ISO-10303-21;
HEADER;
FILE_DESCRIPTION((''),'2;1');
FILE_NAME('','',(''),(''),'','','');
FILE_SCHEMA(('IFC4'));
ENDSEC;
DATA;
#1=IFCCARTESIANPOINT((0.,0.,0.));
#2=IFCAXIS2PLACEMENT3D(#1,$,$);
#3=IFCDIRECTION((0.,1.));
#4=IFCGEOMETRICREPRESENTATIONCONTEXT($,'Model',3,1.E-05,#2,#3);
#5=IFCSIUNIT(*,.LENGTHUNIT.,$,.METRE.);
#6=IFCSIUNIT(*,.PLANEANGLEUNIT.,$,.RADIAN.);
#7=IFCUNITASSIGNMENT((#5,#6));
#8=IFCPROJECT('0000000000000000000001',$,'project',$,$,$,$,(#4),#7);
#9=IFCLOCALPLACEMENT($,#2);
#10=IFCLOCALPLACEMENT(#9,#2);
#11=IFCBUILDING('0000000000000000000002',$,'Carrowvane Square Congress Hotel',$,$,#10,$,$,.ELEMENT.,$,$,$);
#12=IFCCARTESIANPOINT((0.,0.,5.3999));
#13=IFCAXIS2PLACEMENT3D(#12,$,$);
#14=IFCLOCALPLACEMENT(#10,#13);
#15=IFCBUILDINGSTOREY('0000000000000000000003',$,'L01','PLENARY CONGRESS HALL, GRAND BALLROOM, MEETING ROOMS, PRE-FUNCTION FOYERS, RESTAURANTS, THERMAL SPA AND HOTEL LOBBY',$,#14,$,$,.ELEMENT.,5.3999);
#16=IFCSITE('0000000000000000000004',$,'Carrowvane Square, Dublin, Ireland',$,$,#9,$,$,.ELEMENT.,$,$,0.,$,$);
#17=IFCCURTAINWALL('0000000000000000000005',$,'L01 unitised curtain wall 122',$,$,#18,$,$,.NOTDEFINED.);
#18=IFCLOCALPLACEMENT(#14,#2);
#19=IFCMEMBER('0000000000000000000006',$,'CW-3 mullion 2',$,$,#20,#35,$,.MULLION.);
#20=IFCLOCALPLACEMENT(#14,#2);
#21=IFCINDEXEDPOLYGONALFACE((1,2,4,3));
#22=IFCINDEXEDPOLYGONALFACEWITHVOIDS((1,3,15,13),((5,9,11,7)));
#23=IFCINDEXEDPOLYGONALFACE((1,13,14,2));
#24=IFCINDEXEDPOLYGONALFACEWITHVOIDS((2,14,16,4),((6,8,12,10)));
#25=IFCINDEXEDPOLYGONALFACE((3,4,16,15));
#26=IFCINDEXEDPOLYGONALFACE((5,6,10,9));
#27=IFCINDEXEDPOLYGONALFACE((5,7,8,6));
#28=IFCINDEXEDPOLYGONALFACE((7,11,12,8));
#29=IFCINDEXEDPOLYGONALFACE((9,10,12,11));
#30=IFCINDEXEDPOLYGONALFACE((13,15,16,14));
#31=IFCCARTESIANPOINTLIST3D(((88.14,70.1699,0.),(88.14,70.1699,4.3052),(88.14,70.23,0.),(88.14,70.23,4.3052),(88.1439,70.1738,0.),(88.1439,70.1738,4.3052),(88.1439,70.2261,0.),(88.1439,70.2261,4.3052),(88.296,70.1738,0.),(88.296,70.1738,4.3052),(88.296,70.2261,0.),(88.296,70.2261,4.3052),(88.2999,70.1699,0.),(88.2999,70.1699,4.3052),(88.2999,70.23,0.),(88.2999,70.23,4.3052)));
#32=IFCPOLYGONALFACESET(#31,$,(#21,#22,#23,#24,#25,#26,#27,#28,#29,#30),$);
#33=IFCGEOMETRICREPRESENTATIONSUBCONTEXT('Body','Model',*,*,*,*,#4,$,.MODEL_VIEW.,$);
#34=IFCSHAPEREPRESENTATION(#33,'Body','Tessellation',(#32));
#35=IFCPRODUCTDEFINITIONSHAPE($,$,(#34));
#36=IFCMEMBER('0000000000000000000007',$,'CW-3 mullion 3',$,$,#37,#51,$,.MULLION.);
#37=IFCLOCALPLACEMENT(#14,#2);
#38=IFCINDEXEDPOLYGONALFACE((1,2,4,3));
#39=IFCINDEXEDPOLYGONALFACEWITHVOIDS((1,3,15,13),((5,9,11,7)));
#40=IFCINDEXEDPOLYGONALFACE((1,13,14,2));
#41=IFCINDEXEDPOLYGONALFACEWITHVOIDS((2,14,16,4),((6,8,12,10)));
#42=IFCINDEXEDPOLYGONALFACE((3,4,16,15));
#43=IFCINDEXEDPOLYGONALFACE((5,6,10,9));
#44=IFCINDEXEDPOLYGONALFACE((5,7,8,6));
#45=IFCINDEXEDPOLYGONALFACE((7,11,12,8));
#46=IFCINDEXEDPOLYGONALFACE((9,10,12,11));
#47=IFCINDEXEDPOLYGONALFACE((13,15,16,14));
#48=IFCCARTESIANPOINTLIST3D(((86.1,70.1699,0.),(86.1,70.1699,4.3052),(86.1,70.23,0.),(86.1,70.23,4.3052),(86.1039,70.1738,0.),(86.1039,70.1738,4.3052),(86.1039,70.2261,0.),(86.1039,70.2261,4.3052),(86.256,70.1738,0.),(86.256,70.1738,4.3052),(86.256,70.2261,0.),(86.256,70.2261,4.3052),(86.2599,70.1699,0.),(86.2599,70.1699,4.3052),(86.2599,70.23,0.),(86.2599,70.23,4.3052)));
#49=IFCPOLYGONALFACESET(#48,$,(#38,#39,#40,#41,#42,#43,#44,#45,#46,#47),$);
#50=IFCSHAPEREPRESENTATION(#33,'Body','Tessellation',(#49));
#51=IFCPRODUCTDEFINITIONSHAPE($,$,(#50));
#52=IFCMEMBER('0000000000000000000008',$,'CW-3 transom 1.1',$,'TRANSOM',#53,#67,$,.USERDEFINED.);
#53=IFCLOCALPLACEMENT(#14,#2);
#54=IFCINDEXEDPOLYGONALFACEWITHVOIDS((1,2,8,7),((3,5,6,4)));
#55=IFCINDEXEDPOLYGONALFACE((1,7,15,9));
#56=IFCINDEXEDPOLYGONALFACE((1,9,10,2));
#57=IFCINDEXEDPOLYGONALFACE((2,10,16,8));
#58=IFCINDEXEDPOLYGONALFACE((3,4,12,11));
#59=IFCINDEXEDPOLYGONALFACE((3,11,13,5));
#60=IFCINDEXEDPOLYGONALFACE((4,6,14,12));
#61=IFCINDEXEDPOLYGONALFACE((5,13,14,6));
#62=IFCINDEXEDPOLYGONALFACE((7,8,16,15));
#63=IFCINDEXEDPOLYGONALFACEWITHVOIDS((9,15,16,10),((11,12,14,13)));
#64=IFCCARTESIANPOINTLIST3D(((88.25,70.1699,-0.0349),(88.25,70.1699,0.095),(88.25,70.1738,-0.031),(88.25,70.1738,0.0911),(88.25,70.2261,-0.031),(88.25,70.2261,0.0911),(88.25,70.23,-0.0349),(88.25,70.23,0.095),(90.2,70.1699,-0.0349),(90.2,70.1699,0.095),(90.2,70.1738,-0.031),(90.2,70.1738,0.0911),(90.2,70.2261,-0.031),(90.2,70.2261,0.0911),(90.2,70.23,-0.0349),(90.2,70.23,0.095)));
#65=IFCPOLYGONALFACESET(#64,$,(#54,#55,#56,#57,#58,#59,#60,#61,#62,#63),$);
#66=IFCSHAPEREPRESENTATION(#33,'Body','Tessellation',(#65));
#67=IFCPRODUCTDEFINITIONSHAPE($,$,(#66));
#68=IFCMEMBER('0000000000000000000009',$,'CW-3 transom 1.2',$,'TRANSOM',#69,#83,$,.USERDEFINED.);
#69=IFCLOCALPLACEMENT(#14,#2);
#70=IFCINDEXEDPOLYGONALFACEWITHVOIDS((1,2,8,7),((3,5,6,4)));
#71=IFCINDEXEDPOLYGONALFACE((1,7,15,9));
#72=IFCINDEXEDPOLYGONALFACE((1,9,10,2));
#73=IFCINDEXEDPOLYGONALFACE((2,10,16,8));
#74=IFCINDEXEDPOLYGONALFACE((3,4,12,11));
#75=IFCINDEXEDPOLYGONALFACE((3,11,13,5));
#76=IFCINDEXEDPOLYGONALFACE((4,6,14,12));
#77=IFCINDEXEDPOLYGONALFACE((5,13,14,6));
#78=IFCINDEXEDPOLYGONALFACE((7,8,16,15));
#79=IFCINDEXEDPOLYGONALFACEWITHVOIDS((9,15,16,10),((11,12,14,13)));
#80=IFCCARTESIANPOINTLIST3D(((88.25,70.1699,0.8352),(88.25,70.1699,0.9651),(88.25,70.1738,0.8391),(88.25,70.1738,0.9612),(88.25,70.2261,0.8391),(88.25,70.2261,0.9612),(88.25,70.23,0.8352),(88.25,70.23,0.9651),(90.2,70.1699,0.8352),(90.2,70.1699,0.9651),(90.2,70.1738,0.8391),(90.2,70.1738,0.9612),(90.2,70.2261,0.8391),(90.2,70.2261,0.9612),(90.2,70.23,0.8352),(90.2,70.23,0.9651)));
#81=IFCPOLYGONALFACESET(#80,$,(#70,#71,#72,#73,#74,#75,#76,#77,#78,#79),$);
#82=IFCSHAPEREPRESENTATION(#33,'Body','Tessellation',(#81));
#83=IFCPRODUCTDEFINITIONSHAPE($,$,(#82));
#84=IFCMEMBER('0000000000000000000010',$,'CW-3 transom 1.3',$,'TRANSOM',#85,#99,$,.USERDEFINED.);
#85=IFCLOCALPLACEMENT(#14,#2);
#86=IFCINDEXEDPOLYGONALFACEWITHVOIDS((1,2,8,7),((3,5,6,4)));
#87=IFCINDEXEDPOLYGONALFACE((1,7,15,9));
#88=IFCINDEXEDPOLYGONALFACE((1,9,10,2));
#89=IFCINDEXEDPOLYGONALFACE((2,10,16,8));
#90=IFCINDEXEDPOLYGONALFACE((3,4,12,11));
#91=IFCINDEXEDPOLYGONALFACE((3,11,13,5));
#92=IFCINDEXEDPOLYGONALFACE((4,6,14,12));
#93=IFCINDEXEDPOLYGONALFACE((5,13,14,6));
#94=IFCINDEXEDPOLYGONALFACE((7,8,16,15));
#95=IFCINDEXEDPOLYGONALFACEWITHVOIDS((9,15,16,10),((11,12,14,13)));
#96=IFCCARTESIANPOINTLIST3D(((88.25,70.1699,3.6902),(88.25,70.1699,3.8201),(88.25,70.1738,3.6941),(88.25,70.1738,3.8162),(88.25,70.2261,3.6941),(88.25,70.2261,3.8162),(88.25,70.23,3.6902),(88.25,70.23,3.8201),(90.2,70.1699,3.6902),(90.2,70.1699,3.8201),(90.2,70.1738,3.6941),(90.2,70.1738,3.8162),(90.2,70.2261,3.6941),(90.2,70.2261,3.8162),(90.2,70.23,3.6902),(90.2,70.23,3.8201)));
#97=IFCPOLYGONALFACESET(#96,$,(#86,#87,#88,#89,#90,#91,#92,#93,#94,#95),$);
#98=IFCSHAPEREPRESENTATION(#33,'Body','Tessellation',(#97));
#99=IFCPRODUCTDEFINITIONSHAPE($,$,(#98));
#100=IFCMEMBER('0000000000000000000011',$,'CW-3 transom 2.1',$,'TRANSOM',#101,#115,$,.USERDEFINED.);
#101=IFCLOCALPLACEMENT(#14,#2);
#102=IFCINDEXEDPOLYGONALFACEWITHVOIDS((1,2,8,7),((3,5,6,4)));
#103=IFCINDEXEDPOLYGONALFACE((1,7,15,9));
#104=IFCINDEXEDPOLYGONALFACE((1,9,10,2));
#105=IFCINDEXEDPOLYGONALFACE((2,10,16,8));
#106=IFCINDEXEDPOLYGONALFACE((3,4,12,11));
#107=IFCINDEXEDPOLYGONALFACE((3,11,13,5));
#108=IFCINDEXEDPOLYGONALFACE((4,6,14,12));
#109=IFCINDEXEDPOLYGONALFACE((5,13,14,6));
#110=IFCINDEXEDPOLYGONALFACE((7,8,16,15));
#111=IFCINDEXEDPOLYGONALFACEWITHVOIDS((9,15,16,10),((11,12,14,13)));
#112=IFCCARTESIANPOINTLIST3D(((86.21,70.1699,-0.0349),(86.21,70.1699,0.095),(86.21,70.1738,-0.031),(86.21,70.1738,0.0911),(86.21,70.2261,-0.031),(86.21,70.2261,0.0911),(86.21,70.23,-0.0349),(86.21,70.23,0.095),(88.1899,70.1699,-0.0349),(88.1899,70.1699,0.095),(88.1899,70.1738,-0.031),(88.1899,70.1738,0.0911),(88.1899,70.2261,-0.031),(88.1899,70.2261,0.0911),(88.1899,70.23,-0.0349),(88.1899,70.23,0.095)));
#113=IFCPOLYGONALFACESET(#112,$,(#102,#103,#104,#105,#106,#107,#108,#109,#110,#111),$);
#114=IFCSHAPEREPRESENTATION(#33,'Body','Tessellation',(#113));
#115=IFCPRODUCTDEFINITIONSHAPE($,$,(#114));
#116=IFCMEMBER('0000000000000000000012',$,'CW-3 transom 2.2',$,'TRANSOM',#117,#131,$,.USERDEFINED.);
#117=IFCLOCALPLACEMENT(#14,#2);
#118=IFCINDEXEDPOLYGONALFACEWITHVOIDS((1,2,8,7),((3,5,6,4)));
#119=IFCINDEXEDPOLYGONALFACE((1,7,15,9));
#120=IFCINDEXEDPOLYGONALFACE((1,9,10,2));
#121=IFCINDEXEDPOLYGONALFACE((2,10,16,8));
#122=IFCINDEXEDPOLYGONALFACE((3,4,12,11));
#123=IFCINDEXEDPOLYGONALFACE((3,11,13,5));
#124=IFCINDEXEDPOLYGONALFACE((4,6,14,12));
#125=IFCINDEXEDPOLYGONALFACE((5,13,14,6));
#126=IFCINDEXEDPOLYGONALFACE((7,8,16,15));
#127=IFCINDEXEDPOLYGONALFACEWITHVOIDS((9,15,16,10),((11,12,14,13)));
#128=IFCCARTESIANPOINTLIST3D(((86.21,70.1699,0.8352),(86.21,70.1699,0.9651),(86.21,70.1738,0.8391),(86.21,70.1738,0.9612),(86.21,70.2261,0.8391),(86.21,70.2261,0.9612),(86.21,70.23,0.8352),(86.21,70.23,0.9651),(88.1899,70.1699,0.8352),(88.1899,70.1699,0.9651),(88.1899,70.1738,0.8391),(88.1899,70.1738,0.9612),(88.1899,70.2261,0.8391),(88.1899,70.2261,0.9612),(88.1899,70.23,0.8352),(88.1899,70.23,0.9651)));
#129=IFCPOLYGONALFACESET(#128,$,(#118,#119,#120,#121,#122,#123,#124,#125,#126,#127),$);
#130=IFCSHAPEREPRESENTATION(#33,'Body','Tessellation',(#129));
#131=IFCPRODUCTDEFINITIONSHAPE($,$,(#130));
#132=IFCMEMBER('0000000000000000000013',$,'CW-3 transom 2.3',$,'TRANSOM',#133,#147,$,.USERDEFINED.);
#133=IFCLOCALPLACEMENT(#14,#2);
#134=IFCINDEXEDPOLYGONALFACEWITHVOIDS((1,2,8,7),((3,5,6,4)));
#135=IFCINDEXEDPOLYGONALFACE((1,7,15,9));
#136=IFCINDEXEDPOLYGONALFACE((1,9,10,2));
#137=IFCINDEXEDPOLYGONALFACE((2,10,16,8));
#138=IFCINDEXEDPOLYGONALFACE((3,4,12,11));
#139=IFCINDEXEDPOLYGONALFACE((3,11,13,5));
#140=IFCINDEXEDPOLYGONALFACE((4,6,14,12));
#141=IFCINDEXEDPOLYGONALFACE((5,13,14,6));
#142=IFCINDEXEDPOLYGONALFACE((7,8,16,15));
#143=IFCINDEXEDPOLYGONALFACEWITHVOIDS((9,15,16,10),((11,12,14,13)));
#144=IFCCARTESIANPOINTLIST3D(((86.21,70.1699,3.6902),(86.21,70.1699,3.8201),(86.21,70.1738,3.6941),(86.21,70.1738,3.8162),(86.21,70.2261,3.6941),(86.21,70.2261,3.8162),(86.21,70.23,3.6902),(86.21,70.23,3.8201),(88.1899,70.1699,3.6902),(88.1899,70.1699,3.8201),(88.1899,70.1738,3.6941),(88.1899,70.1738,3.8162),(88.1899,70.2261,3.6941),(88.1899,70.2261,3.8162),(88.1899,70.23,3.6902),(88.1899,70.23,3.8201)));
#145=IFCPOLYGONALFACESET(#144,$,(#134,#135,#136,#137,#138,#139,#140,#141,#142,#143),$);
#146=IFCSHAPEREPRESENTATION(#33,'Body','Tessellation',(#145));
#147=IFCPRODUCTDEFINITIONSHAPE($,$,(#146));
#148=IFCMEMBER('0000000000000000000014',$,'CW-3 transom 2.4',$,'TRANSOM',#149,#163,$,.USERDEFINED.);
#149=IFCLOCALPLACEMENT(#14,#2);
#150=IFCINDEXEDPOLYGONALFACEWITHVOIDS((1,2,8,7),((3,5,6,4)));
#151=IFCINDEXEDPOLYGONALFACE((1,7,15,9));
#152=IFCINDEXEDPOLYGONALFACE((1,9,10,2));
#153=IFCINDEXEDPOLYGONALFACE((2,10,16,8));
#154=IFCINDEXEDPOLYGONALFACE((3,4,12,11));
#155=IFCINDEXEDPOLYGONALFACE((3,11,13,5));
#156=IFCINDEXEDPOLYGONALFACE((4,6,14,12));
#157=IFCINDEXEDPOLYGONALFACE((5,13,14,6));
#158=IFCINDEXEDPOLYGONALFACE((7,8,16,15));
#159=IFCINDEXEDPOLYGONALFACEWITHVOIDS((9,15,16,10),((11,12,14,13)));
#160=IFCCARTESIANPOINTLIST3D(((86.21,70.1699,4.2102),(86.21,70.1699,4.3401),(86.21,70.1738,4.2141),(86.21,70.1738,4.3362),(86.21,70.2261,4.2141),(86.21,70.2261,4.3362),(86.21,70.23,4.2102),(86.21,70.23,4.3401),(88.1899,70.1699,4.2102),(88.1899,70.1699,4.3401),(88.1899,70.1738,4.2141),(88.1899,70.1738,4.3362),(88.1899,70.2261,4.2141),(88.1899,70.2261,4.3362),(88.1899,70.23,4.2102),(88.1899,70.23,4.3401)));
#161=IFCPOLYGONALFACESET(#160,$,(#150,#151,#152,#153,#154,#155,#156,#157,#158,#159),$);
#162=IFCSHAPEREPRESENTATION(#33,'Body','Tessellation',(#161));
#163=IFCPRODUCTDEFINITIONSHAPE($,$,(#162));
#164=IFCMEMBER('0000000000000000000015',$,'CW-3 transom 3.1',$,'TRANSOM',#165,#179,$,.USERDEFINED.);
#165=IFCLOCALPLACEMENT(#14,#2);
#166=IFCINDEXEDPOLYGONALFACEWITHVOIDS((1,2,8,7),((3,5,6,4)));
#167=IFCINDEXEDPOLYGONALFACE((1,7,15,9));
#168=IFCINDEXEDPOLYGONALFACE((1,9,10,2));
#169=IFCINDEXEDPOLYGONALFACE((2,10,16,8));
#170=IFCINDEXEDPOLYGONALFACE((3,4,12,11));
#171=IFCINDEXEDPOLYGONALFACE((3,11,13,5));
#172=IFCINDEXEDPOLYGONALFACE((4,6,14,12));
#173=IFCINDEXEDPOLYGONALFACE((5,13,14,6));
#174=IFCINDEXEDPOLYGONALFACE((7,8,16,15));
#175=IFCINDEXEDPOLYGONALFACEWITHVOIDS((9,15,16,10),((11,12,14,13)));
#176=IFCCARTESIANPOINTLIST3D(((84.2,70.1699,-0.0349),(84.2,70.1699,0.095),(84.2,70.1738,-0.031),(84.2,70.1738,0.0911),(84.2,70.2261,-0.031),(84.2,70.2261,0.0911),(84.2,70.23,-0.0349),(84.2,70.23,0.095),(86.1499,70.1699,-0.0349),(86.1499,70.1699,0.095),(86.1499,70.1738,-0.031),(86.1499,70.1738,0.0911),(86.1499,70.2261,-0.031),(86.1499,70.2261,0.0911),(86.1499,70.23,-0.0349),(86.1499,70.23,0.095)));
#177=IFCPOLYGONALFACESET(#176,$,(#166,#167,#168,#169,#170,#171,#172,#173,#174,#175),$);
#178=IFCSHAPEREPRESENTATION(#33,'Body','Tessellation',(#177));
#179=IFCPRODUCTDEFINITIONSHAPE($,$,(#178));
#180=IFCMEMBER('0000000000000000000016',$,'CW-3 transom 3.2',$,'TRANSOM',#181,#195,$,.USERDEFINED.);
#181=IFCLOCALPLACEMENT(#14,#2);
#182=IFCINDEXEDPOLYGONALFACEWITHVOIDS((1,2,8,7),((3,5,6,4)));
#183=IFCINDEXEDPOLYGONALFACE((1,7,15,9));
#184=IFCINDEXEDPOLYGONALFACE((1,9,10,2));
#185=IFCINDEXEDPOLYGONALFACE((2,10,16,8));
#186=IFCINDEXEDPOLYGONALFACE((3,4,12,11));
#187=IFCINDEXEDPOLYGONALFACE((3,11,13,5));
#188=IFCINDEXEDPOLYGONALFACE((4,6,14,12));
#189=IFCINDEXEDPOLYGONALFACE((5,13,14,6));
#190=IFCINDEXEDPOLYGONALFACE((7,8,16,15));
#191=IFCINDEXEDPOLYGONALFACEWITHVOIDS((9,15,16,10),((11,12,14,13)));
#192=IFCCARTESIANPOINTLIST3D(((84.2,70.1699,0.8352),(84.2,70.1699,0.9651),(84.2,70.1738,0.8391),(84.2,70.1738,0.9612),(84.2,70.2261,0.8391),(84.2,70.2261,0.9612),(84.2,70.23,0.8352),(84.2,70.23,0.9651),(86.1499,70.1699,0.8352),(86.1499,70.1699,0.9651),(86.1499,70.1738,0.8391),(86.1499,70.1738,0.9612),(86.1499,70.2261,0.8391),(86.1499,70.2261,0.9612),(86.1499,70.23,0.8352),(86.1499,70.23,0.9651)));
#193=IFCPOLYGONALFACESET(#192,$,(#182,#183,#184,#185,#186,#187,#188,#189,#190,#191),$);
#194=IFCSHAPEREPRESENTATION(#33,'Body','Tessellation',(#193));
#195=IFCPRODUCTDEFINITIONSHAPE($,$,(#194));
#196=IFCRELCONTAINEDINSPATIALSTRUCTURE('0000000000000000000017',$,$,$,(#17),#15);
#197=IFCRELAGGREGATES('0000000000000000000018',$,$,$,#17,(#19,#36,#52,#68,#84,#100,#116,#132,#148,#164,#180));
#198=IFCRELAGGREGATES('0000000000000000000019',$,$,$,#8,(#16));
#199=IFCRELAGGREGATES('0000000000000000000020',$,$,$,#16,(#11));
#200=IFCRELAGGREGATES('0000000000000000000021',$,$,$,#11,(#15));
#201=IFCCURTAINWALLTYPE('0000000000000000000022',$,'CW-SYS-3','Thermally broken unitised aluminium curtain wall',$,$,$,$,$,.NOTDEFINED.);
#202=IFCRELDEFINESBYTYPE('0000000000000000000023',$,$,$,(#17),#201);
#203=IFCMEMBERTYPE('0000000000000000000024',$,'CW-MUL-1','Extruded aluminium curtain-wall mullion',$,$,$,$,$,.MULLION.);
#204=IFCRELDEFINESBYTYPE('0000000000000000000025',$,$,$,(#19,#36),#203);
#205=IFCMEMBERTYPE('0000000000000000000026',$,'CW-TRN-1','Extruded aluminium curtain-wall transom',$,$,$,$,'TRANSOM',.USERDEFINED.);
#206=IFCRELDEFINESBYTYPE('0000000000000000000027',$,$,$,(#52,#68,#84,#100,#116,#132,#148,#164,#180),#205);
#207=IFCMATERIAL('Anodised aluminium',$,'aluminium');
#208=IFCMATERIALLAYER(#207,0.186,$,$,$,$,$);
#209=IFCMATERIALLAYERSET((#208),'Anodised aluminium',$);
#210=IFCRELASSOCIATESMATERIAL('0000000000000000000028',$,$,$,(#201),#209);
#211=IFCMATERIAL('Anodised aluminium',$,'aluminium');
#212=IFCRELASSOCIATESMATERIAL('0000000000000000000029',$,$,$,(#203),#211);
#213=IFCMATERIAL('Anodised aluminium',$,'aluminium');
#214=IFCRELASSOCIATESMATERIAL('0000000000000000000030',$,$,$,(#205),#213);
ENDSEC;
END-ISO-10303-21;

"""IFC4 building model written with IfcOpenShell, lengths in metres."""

from ifc_helpers import new_model, si_unit, direction, frame, origin, origin_2d, place, context, subcontext, project, spatial, hollow_rectangle, extrude, material, layer, layer_set, material_profile, profile_set, type_object, element, aggregate, save


model = new_model("IFC4")

# Units and contexts
model_context = context("Model", 3, precision=1e-05, world=origin(), true_north=direction((0.0, 1.0)))
body_context = subcontext(model_context, "Body", "Model", "MODEL_VIEW")
ifc_project = project(units=[si_unit("LENGTHUNIT", "METRE"), si_unit("PLANEANGLEUNIT", "RADIAN")], contexts=[model_context])

# Site, building, storey
site_placement = place(None, origin())
site = spatial("IfcSite", under=ifc_project, at=site_placement, Name="Carrowvane Square, Dublin, Ireland", CompositionType="ELEMENT", RefElevation=0.0)
building_placement = place(site_placement, origin())
building = spatial("IfcBuilding", under=site, at=building_placement, Name="Carrowvane Square Congress Hotel", CompositionType="ELEMENT")
storey_placement = place(building_placement, frame((0.0, 0.0, 5.3999)))
storey = spatial("IfcBuildingStorey", under=building, at=storey_placement, Name="L01", Description="PLENARY CONGRESS HALL, GRAND BALLROOM, MEETING ROOMS, PRE-FUNCTION FOYERS, RESTAURANTS, THERMAL SPA AND HOTEL LOBBY", CompositionType="ELEMENT", Elevation=5.3999)

# Curtain wall, members
ifc_material_1 = material(Name="Anodised aluminium", Category="aluminium")
ifc_layer_1 = layer(ifc_material_1, 0.186)
ifc_layer_set_1 = layer_set([ifc_layer_1], Name="Anodised aluminium")
curtain_wall_type = type_object("IfcCurtainWallType", Name="CW-SYS-3", Description="Thermally broken unitised aluminium curtain wall", PredefinedType="NOTDEFINED", material=ifc_layer_set_1)
curtain_wall_placement = place(storey_placement, origin())
curtain_wall = element("IfcCurtainWall", 1, at=curtain_wall_placement, inside=storey, type_object=curtain_wall_type, Name="L01 unitised curtain wall 122", PredefinedType="NOTDEFINED")
ifc_material_2 = material(Name="Anodised aluminium", Category="aluminium")
ifc_material_profile_1 = material_profile(ifc_material_2, hollow_rectangle(XDim=0.0601, YDim=0.1599, WallThickness=0.0039, at=origin_2d()), Name="CW-ML 60x160x4")
ifc_profile_set_1 = profile_set([ifc_material_profile_1], Name="Anodised aluminium")
member_type_1 = type_object("IfcMemberType", Name="CW-MUL-1", Description="Extruded aluminium curtain-wall mullion", PredefinedType="MULLION", material=ifc_profile_set_1)
member_1_placement = place(storey_placement, frame((88.22, 70.2, 0.0), z_axis=(0.0, 0.0, 1.0), x_axis=(0.0, -1.0, 0.0)))
member_1 = element("IfcMember", 2, at=member_1_placement, type_object=member_type_1, Name="CW-3 mullion 2", PredefinedType="MULLION", context=body_context, shape_type="SweptSolid", body=[
    extrude(hollow_rectangle(XDim=0.0601, YDim=0.1599, WallThickness=0.0039, at=origin_2d()), origin(), (0.0, 0.0, 1.0), 4.3052),
])
member_2_placement = place(storey_placement, frame((86.1799, 70.2, 0.0), z_axis=(0.0, 0.0, 1.0), x_axis=(0.0, -1.0, 0.0)))
member_2 = element("IfcMember", 3, at=member_2_placement, type_object=member_type_1, Name="CW-3 mullion 3", PredefinedType="MULLION", context=body_context, shape_type="SweptSolid", body=[
    extrude(hollow_rectangle(XDim=0.0601, YDim=0.1599, WallThickness=0.0039, at=origin_2d()), origin(), (0.0, 0.0, 1.0), 4.3052),
])
ifc_material_3 = material(Name="Anodised aluminium", Category="aluminium")
ifc_material_profile_2 = material_profile(ifc_material_3, hollow_rectangle(XDim=0.0601, YDim=0.1299, WallThickness=0.0039, at=origin_2d()), Name="CW-TR 60x130x4")
ifc_profile_set_2 = profile_set([ifc_material_profile_2], Name="Anodised aluminium")
member_type_2 = type_object("IfcMemberType", Name="CW-TRN-1", Description="Extruded aluminium curtain-wall transom", ElementType="TRANSOM", PredefinedType="USERDEFINED", material=ifc_profile_set_2)
member_3_placement = place(storey_placement, frame((90.2, 70.2, 0.03), z_axis=(-1.0, 0.0, 0.0), x_axis=(0.0, -1.0, 0.0)))
member_3 = element("IfcMember", 4, at=member_3_placement, type_object=member_type_2, Name="CW-3 transom 1.1", ObjectType="TRANSOM", PredefinedType="USERDEFINED", context=body_context, shape_type="SweptSolid", body=[
    extrude(hollow_rectangle(XDim=0.0601, YDim=0.1299, WallThickness=0.0039, at=origin_2d()), origin(), (0.0, 0.0, 1.0), 1.95),
])
member_4_placement = place(storey_placement, frame((90.2, 70.2, 0.9001), z_axis=(-1.0, 0.0, 0.0), x_axis=(0.0, -1.0, 0.0)))
member_4 = element("IfcMember", 5, at=member_4_placement, type_object=member_type_2, Name="CW-3 transom 1.2", ObjectType="TRANSOM", PredefinedType="USERDEFINED", context=body_context, shape_type="SweptSolid", body=[
    extrude(hollow_rectangle(XDim=0.0601, YDim=0.1299, WallThickness=0.0039, at=origin_2d()), origin(), (0.0, 0.0, 1.0), 1.95),
])
member_5_placement = place(storey_placement, frame((90.2, 70.2, 3.7551), z_axis=(-1.0, 0.0, 0.0), x_axis=(0.0, -1.0, 0.0)))
member_5 = element("IfcMember", 6, at=member_5_placement, type_object=member_type_2, Name="CW-3 transom 1.3", ObjectType="TRANSOM", PredefinedType="USERDEFINED", context=body_context, shape_type="SweptSolid", body=[
    extrude(hollow_rectangle(XDim=0.0601, YDim=0.1299, WallThickness=0.0039, at=origin_2d()), origin(), (0.0, 0.0, 1.0), 1.95),
])
member_6_placement = place(storey_placement, frame((88.1899, 70.2, 0.03), z_axis=(-1.0, 0.0, 0.0), x_axis=(0.0, -1.0, 0.0)))
member_6 = element("IfcMember", 7, at=member_6_placement, type_object=member_type_2, Name="CW-3 transom 2.1", ObjectType="TRANSOM", PredefinedType="USERDEFINED", context=body_context, shape_type="SweptSolid", body=[
    extrude(hollow_rectangle(XDim=0.0601, YDim=0.1299, WallThickness=0.0039, at=origin_2d()), origin(), (0.0, 0.0, 1.0), 1.98),
])
member_7_placement = place(storey_placement, frame((88.1899, 70.2, 0.9001), z_axis=(-1.0, 0.0, 0.0), x_axis=(0.0, -1.0, 0.0)))
member_7 = element("IfcMember", 8, at=member_7_placement, type_object=member_type_2, Name="CW-3 transom 2.2", ObjectType="TRANSOM", PredefinedType="USERDEFINED", context=body_context, shape_type="SweptSolid", body=[
    extrude(hollow_rectangle(XDim=0.0601, YDim=0.1299, WallThickness=0.0039, at=origin_2d()), origin(), (0.0, 0.0, 1.0), 1.98),
])
member_8_placement = place(storey_placement, frame((88.1899, 70.2, 3.7551), z_axis=(-1.0, 0.0, 0.0), x_axis=(0.0, -1.0, 0.0)))
member_8 = element("IfcMember", 9, at=member_8_placement, type_object=member_type_2, Name="CW-3 transom 2.3", ObjectType="TRANSOM", PredefinedType="USERDEFINED", context=body_context, shape_type="SweptSolid", body=[
    extrude(hollow_rectangle(XDim=0.0601, YDim=0.1299, WallThickness=0.0039, at=origin_2d()), origin(), (0.0, 0.0, 1.0), 1.98),
])
member_9_placement = place(storey_placement, frame((88.1899, 70.2, 4.2751), z_axis=(-1.0, 0.0, 0.0), x_axis=(0.0, -1.0, 0.0)))
member_9 = element("IfcMember", 10, at=member_9_placement, type_object=member_type_2, Name="CW-3 transom 2.4", ObjectType="TRANSOM", PredefinedType="USERDEFINED", context=body_context, shape_type="SweptSolid", body=[
    extrude(hollow_rectangle(XDim=0.0601, YDim=0.1299, WallThickness=0.0039, at=origin_2d()), origin(), (0.0, 0.0, 1.0), 1.98),
])
member_10_placement = place(storey_placement, frame((86.1499, 70.2, 0.03), z_axis=(-1.0, 0.0, 0.0), x_axis=(0.0, -1.0, 0.0)))
member_10 = element("IfcMember", 11, at=member_10_placement, type_object=member_type_2, Name="CW-3 transom 3.1", ObjectType="TRANSOM", PredefinedType="USERDEFINED", context=body_context, shape_type="SweptSolid", body=[
    extrude(hollow_rectangle(XDim=0.0601, YDim=0.1299, WallThickness=0.0039, at=origin_2d()), origin(), (0.0, 0.0, 1.0), 1.95),
])
member_11_placement = place(storey_placement, frame((86.1499, 70.2, 0.9001), z_axis=(-1.0, 0.0, 0.0), x_axis=(0.0, -1.0, 0.0)))
member_11 = element("IfcMember", 12, at=member_11_placement, type_object=member_type_2, Name="CW-3 transom 3.2", ObjectType="TRANSOM", PredefinedType="USERDEFINED", context=body_context, shape_type="SweptSolid", body=[
    extrude(hollow_rectangle(XDim=0.0601, YDim=0.1299, WallThickness=0.0039, at=origin_2d()), origin(), (0.0, 0.0, 1.0), 1.95),
])
aggregate(curtain_wall, [member_1, member_2, member_3, member_4, member_5, member_6, member_7, member_8, member_9, member_10, member_11])

save(model, "model.ifc")
